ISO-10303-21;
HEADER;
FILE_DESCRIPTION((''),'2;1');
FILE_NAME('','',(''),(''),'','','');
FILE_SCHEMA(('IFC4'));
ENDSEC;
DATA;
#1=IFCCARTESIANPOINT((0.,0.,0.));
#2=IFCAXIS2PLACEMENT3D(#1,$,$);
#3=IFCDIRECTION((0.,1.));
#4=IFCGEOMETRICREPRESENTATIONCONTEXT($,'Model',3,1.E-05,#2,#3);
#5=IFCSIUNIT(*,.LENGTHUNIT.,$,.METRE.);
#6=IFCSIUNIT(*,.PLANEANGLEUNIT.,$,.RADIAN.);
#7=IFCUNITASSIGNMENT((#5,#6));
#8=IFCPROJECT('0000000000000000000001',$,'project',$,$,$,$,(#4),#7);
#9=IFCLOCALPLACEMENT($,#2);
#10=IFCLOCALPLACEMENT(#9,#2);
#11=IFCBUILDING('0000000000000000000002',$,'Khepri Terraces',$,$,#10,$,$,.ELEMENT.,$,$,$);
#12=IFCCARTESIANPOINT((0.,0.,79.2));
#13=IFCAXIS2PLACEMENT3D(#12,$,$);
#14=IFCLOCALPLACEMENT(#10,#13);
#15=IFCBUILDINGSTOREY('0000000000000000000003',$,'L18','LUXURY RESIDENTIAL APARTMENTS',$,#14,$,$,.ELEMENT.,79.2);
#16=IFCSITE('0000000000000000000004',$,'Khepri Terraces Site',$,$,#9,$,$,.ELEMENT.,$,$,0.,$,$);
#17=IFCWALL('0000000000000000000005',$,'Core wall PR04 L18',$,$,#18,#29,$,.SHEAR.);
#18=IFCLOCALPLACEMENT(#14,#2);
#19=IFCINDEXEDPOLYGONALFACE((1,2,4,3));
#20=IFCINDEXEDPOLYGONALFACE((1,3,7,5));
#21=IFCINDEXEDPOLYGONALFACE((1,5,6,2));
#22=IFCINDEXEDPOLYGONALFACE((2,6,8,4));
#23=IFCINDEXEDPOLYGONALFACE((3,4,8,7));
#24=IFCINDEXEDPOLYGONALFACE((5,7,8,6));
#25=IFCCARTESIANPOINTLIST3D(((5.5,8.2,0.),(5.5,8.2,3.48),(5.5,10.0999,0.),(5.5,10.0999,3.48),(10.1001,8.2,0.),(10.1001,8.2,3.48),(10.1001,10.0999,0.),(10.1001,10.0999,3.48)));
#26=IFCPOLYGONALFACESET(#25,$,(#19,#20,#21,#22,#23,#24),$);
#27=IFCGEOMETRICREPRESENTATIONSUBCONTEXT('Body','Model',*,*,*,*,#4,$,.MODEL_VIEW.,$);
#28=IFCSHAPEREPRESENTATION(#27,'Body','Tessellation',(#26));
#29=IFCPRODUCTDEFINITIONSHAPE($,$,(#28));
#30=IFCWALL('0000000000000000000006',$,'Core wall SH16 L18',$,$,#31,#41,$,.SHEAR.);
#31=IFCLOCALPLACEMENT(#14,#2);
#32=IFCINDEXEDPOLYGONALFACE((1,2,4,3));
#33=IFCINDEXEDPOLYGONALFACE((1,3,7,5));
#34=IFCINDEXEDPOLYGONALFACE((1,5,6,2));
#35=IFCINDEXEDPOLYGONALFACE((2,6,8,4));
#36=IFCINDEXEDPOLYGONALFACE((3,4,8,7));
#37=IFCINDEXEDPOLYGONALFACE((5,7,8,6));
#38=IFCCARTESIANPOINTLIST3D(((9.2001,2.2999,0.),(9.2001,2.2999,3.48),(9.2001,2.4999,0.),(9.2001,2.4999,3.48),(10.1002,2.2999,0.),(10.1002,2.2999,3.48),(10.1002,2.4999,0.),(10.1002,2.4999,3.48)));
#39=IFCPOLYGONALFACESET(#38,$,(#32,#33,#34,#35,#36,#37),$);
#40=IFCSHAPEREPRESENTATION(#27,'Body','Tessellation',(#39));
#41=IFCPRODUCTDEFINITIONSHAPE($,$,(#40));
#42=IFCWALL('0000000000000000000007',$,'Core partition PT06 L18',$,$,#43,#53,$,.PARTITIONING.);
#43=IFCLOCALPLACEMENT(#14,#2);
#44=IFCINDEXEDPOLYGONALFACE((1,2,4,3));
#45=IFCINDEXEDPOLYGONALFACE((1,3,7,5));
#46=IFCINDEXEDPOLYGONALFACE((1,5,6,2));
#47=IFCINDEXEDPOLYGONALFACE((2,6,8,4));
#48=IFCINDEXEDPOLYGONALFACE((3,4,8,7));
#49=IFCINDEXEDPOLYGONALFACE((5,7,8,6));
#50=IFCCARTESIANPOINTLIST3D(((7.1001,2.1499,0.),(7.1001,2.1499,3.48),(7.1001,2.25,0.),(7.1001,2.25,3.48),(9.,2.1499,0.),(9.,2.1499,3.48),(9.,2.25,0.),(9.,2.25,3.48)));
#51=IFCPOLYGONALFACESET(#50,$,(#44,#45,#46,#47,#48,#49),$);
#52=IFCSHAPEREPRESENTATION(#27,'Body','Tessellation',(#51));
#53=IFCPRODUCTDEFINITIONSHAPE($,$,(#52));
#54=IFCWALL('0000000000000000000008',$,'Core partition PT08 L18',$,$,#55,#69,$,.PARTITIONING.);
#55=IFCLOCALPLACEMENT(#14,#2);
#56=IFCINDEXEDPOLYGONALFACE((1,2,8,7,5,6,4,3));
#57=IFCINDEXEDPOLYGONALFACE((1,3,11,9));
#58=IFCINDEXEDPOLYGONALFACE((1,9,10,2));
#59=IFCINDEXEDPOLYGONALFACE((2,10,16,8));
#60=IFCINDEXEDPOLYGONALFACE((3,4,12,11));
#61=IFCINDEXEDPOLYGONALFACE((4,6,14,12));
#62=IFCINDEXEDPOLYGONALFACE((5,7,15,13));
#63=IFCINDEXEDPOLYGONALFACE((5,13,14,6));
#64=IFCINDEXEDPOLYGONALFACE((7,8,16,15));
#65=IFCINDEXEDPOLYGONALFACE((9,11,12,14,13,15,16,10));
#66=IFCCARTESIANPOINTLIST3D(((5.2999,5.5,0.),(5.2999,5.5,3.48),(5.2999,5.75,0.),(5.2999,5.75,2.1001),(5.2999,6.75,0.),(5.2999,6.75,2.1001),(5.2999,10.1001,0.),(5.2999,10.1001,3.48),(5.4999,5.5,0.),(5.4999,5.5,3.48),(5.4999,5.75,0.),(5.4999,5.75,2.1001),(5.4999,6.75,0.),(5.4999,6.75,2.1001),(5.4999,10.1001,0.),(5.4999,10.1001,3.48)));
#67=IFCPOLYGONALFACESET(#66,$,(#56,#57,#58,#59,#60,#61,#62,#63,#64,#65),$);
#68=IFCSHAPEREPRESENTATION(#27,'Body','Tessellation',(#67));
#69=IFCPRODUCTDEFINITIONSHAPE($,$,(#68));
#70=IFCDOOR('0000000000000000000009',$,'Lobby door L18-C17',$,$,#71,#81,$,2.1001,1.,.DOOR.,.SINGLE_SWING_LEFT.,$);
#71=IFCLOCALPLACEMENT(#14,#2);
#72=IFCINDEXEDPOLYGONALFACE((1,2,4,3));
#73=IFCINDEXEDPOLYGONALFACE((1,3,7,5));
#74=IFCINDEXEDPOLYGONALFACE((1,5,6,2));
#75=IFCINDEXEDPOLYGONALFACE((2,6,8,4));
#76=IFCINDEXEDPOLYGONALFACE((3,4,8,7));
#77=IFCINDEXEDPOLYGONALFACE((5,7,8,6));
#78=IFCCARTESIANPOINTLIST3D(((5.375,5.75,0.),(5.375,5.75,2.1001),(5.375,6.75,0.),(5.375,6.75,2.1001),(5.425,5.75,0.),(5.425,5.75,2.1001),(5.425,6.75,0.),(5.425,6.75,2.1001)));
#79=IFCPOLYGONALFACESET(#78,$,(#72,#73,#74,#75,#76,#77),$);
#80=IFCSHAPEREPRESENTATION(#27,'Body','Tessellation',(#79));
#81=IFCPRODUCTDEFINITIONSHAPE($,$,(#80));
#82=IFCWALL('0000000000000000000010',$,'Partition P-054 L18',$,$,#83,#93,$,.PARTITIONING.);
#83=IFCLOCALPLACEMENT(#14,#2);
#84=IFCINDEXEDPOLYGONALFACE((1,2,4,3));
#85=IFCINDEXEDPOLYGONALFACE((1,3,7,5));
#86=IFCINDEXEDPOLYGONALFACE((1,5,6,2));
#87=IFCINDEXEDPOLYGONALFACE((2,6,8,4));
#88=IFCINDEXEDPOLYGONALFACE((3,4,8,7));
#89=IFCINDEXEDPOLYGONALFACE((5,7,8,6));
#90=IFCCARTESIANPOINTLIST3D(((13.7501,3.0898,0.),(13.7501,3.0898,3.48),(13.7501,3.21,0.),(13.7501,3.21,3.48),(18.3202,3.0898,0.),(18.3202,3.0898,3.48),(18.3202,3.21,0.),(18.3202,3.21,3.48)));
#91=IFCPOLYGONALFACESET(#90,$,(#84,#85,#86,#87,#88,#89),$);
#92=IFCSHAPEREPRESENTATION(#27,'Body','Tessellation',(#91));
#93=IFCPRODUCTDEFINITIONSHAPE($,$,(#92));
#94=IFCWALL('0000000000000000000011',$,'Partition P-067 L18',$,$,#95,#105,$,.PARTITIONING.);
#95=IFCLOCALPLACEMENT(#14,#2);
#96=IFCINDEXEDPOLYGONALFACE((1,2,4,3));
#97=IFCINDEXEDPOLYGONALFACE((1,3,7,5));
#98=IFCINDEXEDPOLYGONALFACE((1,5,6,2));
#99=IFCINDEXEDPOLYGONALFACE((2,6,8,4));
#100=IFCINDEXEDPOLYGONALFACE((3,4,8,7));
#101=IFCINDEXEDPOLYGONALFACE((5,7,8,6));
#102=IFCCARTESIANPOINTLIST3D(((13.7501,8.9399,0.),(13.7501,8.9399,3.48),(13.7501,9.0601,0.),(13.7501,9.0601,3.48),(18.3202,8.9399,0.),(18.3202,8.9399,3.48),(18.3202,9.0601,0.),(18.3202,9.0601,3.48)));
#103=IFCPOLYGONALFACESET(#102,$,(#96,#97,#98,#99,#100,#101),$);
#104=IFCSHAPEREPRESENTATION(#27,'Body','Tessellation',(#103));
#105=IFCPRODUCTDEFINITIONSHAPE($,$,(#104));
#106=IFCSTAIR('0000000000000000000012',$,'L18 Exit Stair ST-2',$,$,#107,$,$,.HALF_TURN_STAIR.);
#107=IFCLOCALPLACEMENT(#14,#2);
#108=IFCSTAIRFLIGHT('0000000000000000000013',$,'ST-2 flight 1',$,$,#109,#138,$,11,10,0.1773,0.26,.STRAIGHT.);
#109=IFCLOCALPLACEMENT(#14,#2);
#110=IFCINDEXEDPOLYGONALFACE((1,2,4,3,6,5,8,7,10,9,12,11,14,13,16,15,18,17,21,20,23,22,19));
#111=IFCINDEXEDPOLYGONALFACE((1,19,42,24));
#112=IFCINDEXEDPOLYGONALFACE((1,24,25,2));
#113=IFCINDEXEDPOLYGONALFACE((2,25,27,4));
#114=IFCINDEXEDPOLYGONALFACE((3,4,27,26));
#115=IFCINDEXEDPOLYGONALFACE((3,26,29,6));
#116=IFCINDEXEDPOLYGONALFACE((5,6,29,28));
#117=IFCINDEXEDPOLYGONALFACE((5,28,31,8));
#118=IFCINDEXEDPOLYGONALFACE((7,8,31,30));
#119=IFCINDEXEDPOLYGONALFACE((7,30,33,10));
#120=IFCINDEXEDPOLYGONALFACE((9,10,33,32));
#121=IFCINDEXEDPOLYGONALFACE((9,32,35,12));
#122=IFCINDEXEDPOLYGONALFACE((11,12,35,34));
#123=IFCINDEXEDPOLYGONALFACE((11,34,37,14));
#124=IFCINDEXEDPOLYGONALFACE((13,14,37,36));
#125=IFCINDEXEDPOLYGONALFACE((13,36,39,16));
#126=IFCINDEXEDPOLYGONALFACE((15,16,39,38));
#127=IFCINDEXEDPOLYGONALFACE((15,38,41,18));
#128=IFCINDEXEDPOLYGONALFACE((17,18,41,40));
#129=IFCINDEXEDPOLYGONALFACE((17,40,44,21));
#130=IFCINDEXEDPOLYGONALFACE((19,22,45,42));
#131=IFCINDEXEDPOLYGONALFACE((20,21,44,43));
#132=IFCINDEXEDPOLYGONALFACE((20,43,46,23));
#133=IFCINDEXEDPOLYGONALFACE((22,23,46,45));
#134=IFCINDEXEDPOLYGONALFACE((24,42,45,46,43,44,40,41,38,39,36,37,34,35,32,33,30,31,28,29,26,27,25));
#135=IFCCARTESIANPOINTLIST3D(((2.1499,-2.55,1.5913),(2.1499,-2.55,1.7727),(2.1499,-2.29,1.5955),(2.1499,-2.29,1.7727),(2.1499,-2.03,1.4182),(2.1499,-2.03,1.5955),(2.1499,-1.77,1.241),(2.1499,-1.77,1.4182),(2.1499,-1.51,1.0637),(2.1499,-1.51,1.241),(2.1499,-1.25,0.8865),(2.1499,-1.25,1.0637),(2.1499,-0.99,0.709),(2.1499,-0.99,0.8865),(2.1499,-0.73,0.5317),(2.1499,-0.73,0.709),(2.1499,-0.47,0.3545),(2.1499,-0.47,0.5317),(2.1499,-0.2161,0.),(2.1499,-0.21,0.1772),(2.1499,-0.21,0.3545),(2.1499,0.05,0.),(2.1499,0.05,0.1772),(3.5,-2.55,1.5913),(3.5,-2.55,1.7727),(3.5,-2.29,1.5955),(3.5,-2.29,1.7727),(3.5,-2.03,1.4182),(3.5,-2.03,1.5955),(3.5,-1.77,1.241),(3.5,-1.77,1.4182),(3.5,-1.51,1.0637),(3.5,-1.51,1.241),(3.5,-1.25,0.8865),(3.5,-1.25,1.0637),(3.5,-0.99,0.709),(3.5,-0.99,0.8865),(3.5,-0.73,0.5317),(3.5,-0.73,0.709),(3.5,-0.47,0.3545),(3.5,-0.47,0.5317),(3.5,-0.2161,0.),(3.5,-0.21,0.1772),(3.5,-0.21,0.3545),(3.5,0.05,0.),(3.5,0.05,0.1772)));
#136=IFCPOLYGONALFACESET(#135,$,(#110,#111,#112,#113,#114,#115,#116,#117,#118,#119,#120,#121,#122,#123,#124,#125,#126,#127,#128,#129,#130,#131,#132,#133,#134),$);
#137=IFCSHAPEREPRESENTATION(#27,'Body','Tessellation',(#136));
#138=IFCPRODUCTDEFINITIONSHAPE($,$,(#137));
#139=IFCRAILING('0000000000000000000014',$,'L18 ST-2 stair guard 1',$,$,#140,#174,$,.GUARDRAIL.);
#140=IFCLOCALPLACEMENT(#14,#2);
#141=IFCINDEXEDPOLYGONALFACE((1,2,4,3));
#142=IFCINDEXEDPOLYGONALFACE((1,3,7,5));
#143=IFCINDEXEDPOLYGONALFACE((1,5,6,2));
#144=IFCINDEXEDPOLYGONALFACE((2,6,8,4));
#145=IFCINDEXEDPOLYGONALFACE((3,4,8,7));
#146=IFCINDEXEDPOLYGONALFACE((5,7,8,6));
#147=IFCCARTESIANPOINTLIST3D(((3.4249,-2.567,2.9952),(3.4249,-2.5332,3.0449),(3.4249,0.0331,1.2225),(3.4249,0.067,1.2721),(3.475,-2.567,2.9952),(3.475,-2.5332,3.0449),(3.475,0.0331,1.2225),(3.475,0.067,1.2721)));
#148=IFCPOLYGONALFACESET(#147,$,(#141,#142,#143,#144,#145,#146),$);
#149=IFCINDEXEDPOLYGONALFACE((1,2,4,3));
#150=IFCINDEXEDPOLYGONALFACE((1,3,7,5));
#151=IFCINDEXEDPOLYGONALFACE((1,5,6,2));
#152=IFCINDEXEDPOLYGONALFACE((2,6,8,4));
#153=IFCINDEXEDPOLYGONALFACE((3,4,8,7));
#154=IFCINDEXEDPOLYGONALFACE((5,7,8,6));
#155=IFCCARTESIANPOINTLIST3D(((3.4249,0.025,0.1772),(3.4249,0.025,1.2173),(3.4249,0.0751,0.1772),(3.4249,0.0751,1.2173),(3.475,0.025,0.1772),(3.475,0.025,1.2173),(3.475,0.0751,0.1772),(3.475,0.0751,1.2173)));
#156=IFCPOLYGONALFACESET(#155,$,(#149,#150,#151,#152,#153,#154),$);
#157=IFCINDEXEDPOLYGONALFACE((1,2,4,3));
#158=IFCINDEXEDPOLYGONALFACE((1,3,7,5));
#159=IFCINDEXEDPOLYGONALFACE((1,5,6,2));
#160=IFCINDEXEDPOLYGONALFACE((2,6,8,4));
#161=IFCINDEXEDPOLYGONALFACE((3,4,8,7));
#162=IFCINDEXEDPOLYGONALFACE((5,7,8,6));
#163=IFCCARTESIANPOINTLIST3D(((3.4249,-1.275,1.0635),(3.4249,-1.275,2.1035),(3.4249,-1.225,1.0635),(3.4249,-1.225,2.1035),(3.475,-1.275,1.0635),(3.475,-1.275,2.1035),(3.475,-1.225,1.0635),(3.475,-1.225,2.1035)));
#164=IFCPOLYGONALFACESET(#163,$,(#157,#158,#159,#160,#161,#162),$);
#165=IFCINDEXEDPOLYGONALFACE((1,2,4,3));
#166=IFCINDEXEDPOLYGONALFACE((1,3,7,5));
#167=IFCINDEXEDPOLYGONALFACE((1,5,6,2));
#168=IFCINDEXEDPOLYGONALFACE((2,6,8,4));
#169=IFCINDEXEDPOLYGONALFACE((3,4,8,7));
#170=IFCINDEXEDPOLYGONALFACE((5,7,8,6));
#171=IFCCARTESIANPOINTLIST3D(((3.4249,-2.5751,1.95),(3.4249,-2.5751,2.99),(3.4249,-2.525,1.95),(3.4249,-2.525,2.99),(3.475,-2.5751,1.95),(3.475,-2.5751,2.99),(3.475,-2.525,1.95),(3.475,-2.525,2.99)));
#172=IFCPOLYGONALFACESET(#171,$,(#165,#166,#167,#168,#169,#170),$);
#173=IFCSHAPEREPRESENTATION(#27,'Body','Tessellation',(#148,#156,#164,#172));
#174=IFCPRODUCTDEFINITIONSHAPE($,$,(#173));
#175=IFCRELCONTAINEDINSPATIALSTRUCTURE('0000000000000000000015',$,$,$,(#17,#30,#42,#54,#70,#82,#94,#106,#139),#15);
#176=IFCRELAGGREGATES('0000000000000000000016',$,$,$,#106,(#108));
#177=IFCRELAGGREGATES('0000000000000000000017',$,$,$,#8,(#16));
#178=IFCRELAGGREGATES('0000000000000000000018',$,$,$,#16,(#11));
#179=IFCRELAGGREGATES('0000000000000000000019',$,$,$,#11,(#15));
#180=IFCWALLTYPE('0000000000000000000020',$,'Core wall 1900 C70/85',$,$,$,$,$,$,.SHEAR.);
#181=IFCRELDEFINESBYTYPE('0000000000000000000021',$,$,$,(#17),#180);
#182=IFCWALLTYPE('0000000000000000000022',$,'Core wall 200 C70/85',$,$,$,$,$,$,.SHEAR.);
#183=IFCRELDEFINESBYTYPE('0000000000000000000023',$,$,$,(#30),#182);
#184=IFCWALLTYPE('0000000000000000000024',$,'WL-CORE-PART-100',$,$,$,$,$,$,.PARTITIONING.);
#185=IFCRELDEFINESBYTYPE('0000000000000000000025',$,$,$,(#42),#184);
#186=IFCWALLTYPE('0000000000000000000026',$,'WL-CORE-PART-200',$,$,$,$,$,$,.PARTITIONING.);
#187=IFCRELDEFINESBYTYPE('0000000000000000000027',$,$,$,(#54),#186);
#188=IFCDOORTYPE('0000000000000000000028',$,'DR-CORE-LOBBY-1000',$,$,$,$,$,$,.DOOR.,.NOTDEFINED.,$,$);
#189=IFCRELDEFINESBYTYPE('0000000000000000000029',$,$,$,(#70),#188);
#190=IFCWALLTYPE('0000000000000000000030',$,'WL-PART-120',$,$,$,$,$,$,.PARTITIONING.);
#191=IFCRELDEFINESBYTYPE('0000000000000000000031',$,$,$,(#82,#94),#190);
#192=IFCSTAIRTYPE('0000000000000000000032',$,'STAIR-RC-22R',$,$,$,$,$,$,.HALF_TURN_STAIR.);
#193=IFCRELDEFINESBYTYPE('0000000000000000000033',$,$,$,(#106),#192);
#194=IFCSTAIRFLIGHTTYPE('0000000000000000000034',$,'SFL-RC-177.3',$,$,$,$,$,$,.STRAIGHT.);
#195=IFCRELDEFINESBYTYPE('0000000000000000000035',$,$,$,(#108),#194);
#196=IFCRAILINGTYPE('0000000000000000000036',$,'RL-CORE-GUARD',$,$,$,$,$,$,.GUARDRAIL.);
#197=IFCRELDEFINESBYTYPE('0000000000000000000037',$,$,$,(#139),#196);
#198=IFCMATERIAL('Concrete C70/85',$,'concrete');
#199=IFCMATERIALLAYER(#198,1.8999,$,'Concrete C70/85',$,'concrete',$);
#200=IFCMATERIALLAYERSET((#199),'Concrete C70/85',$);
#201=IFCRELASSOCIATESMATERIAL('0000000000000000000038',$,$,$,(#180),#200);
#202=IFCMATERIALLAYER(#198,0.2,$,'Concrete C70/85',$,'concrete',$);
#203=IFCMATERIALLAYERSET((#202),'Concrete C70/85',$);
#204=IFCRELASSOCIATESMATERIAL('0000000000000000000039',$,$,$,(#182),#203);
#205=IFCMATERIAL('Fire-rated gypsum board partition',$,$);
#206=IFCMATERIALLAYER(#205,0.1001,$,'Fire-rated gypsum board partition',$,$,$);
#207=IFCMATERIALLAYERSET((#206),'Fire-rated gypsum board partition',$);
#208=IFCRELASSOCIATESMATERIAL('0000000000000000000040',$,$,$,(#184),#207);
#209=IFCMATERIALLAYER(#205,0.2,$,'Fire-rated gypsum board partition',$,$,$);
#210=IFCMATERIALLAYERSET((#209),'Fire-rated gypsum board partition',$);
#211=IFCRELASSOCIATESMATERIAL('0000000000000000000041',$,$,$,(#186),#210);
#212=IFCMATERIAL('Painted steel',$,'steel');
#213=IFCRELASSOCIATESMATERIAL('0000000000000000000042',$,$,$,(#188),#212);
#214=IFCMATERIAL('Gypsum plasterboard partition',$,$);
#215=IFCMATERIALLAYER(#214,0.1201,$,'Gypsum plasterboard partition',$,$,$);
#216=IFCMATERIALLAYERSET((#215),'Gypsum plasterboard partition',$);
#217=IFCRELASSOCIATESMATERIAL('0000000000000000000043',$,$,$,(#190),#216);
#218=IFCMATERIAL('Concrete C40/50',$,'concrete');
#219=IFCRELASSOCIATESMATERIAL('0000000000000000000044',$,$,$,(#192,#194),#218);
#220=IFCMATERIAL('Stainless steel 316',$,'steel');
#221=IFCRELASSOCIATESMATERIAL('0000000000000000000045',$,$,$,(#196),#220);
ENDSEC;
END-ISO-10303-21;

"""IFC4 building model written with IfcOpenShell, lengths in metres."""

from ifc_helpers import new_model, si_unit, direction, frame, frame_2d, origin, origin_2d, place, context, subcontext, project, spatial, polyline, rectangle, outline, extrude, material, layer, layer_set, type_object, element, fill, aggregate, save


model = new_model("IFC4")

# Units and contexts
model_context = context("Model", 3, precision=1e-05, world=origin(), true_north=direction((0.0, 1.0)))
body_context = subcontext(model_context, "Body", "Model", "MODEL_VIEW")
ifc_project = project(units=[si_unit("LENGTHUNIT", "METRE"), si_unit("PLANEANGLEUNIT", "RADIAN")], contexts=[model_context])

# Site, building, storey
site_placement = place(None, origin())
site = spatial("IfcSite", under=ifc_project, at=site_placement, Name="Khepri Terraces Site", CompositionType="ELEMENT", RefElevation=0.0)
building_placement = place(site_placement, origin())
building = spatial("IfcBuilding", under=site, at=building_placement, Name="Khepri Terraces", CompositionType="ELEMENT")
storey_placement = place(building_placement, frame((0.0, 0.0, 79.2)))
storey = spatial("IfcBuildingStorey", under=building, at=storey_placement, Name="L18", Description="LUXURY RESIDENTIAL APARTMENTS", CompositionType="ELEMENT", Elevation=79.2)

# Walls
ifc_material_1 = material(Name="Concrete C70/85", Category="concrete")
ifc_layer_1 = layer(ifc_material_1, 1.8999, Name="Concrete C70/85", Category="concrete")
ifc_layer_set_1 = layer_set([ifc_layer_1], Name="Concrete C70/85")
wall_type_1 = type_object("IfcWallType", Name="Core wall 1900 C70/85", PredefinedType="SHEAR", material=ifc_layer_set_1)
wall_1_placement = place(storey_placement, frame((5.5, 9.1499, 0.0), z_axis=(0.0, 0.0, 1.0), x_axis=(1.0, 0.0, 0.0)))
element("IfcWall", 1, at=wall_1_placement, inside=storey, type_object=wall_type_1, Name="Core wall PR04 L18", PredefinedType="SHEAR", context=body_context, shape_type="SweptSolid", body=[
    extrude(rectangle(XDim=4.6001, YDim=1.8999, at=frame_2d((2.3, 0.0))), origin(), (0.0, 0.0, 1.0), 3.48),
])
ifc_layer_2 = layer(ifc_material_1, 0.2, Name="Concrete C70/85", Category="concrete")
ifc_layer_set_2 = layer_set([ifc_layer_2], Name="Concrete C70/85")
wall_type_2 = type_object("IfcWallType", Name="Core wall 200 C70/85", PredefinedType="SHEAR", material=ifc_layer_set_2)
wall_2_placement = place(storey_placement, frame((9.2, 2.3999, 0.0), z_axis=(0.0, 0.0, 1.0), x_axis=(1.0, 0.0, 0.0)))
element("IfcWall", 2, at=wall_2_placement, inside=storey, type_object=wall_type_2, Name="Core wall SH16 L18", PredefinedType="SHEAR", context=body_context, shape_type="SweptSolid", body=[
    extrude(rectangle(XDim=0.9001, YDim=0.2, at=frame_2d((0.4502, 0.0))), origin(), (0.0, 0.0, 1.0), 3.48),
])
ifc_material_2 = material(Name="Fire-rated gypsum board partition")
ifc_layer_3 = layer(ifc_material_2, 0.1001, Name="Fire-rated gypsum board partition")
ifc_layer_set_3 = layer_set([ifc_layer_3], Name="Fire-rated gypsum board partition")
wall_type_3 = type_object("IfcWallType", Name="WL-CORE-PART-100", PredefinedType="PARTITIONING", material=ifc_layer_set_3)
wall_3_placement = place(storey_placement, frame((7.1001, 2.2, 0.0), z_axis=(0.0, 0.0, 1.0), x_axis=(1.0, 0.0, 0.0)))
element("IfcWall", 3, at=wall_3_placement, inside=storey, type_object=wall_type_3, Name="Core partition PT06 L18", PredefinedType="PARTITIONING", context=body_context, shape_type="SweptSolid", body=[
    extrude(rectangle(XDim=1.8999, YDim=0.1001, at=frame_2d((0.95, 0.0))), origin(), (0.0, 0.0, 1.0), 3.48),
])

# Wall, opening, door
ifc_layer_4 = layer(ifc_material_2, 0.2, Name="Fire-rated gypsum board partition")
ifc_layer_set_4 = layer_set([ifc_layer_4], Name="Fire-rated gypsum board partition")
wall_type_4 = type_object("IfcWallType", Name="WL-CORE-PART-200", PredefinedType="PARTITIONING", material=ifc_layer_set_4)
wall_4_placement = place(storey_placement, frame((5.3999, 5.5, 0.0), z_axis=(0.0, 0.0, 1.0), x_axis=(0.0, 1.0, 0.0)))
wall_4 = element("IfcWall", 4, at=wall_4_placement, inside=storey, type_object=wall_type_4, Name="Core partition PT08 L18", PredefinedType="PARTITIONING", context=body_context, shape_type="SweptSolid", body=[
    extrude(rectangle(XDim=4.6001, YDim=0.2, at=frame_2d((2.3, 0.0))), origin(), (0.0, 0.0, 1.0), 3.48),
])
opening_placement = place(wall_4_placement, frame((0.25, 0.0, 0.0)))
opening = element("IfcOpeningElement", 5, at=opening_placement, cuts=wall_4, PredefinedType="OPENING", context=body_context, shape_type="SweptSolid", body=[
    extrude(rectangle(XDim=1.0, YDim=2.1001, at=frame_2d((0.5, 1.05))), frame((0.0, 0.1099, 0.0), z_axis=(0.0, -1.0, 0.0), x_axis=(1.0, 0.0, 0.0)), (0.0, 0.0, 1.0), 0.22),
])
ifc_material_3 = material(Name="Painted steel", Category="steel")
door_type = type_object("IfcDoorType", Name="DR-CORE-LOBBY-1000", OperationType="NOTDEFINED", PredefinedType="DOOR", material=ifc_material_3)
door_placement = place(opening_placement, origin())
door = element("IfcDoor", 6, at=door_placement, inside=storey, type_object=door_type, Name="Lobby door L18-C17", OperationType="SINGLE_SWING_LEFT", OverallHeight=2.1001, OverallWidth=1.0, PredefinedType="DOOR", context=body_context, shape_type="SweptSolid", body=[
    extrude(rectangle(XDim=1.0, YDim=2.1001, at=frame_2d((0.5, 1.05))), frame((0.0, 0.0249, 0.0), z_axis=(0.0, -1.0, 0.0), x_axis=(1.0, 0.0, 0.0)), (0.0, 0.0, 1.0), 0.05),
])
fill(opening, door)

# Walls
ifc_material_4 = material(Name="Gypsum plasterboard partition")
ifc_layer_5 = layer(ifc_material_4, 0.1201, Name="Gypsum plasterboard partition")
ifc_layer_set_5 = layer_set([ifc_layer_5], Name="Gypsum plasterboard partition")
wall_type_5 = type_object("IfcWallType", Name="WL-PART-120", PredefinedType="PARTITIONING", material=ifc_layer_set_5)
for number, where, z_axis, x_axis, name in (
    (7, (13.75, 3.1499, 0.0), (0.0, 0.0, 1.0), (1.0, 0.0, 0.0), "Partition P-054 L18"),
    (8, (13.75, 9.0, 0.0), (0.0, 0.0, 1.0), (1.0, 0.0, 0.0), "Partition P-067 L18"),
):
    element("IfcWall", number, at=place(storey_placement, frame(where, z_axis=z_axis, x_axis=x_axis)), inside=storey, type_object=wall_type_5, Name=name, PredefinedType="PARTITIONING", context=body_context, shape_type="SweptSolid", body=[
        extrude(rectangle(XDim=4.5701, YDim=0.1201, at=frame_2d((2.2852, 0.0))), origin(), (0.0, 0.0, 1.0), 3.48),
    ])

# Stair, stair flight
ifc_material_5 = material(Name="Concrete C40/50", Category="concrete")
stair_type = type_object("IfcStairType", Name="STAIR-RC-22R", PredefinedType="HALF_TURN_STAIR", material=ifc_material_5)
stair_placement = place(storey_placement, origin())
stair = element("IfcStair", 9, at=stair_placement, inside=storey, type_object=stair_type, Name="L18 Exit Stair ST-2", PredefinedType="HALF_TURN_STAIR")
stair_flight_type = type_object("IfcStairFlightType", Name="SFL-RC-177.3", PredefinedType="STRAIGHT", material=ifc_material_5)
stair_flight_placement = place(storey_placement, frame((2.825, 0.05, 0.0), z_axis=(0.0, 0.0, 1.0), x_axis=(0.0, -1.0, 0.0)))
stair_flight = element("IfcStairFlight", 10, at=stair_flight_placement, type_object=stair_flight_type, Name="ST-2 flight 1", NumberOfRisers=11, NumberOfTreads=10, PredefinedType="STRAIGHT", RiserHeight=0.1773, TreadLength=0.26, context=body_context, shape_type="SweptSolid", body=[
    extrude(outline(polyline([(0.0, 0.0), (0.0, 0.1772), (0.26, 0.1772), (0.26, 0.3545), (0.52, 0.3545), (0.52, 0.5317), (0.78, 0.5317), (0.78, 0.709), (1.04, 0.709), (1.04, 0.8865), (1.3, 0.8865), (1.3, 1.0637), (1.5601, 1.0637), (1.5601, 1.241), (1.8201, 1.241), (1.8201, 1.4182), (2.0801, 1.4182), (2.0801, 1.5955), (2.3401, 1.5955), (2.3401, 1.7727), (2.6001, 1.7727), (2.6001, 1.95), (2.6001, 1.5913), (0.2661, 0.0), (0.0, 0.0)])), frame((0.0, 0.675, 0.0), z_axis=(0.0, -1.0, 0.0), x_axis=(1.0, 0.0, 0.0)), (0.0, 0.0, 1.0), 1.3501),
])
aggregate(stair, [stair_flight])

# Railing
ifc_material_6 = material(Name="Stainless steel 316", Category="steel")
railing_type = type_object("IfcRailingType", Name="RL-CORE-GUARD", PredefinedType="GUARDRAIL", material=ifc_material_6)
railing_1_placement = place(storey_placement, frame((3.45, 0.05, 0.1772)))
element("IfcRailing", 11, at=railing_1_placement, inside=storey, type_object=railing_type, Name="L18 ST-2 stair guard 1", PredefinedType="GUARDRAIL", context=body_context, shape_type="SweptSolid", body=[
    extrude(rectangle(XDim=0.05, YDim=0.0601, at=origin_2d()), frame((0.0, 0.0, 1.0701), z_axis=(0.0, -0.82624, 0.563318), x_axis=(1.0, 0.0, 0.0)), (0.0, 0.0, 1.0), 3.147),
    extrude(rectangle(XDim=0.05, YDim=0.05, at=origin_2d()), origin(), (0.0, 0.0, 1.0), 1.04),
    extrude(rectangle(XDim=0.05, YDim=0.05, at=origin_2d()), frame((0.0, -1.3, 0.8862)), (0.0, 0.0, 1.0), 1.04),
    extrude(rectangle(XDim=0.05, YDim=0.05, at=origin_2d()), frame((0.0, -2.6001, 1.7727)), (0.0, 0.0, 1.0), 1.04),
])

save(model, "model.ifc")
